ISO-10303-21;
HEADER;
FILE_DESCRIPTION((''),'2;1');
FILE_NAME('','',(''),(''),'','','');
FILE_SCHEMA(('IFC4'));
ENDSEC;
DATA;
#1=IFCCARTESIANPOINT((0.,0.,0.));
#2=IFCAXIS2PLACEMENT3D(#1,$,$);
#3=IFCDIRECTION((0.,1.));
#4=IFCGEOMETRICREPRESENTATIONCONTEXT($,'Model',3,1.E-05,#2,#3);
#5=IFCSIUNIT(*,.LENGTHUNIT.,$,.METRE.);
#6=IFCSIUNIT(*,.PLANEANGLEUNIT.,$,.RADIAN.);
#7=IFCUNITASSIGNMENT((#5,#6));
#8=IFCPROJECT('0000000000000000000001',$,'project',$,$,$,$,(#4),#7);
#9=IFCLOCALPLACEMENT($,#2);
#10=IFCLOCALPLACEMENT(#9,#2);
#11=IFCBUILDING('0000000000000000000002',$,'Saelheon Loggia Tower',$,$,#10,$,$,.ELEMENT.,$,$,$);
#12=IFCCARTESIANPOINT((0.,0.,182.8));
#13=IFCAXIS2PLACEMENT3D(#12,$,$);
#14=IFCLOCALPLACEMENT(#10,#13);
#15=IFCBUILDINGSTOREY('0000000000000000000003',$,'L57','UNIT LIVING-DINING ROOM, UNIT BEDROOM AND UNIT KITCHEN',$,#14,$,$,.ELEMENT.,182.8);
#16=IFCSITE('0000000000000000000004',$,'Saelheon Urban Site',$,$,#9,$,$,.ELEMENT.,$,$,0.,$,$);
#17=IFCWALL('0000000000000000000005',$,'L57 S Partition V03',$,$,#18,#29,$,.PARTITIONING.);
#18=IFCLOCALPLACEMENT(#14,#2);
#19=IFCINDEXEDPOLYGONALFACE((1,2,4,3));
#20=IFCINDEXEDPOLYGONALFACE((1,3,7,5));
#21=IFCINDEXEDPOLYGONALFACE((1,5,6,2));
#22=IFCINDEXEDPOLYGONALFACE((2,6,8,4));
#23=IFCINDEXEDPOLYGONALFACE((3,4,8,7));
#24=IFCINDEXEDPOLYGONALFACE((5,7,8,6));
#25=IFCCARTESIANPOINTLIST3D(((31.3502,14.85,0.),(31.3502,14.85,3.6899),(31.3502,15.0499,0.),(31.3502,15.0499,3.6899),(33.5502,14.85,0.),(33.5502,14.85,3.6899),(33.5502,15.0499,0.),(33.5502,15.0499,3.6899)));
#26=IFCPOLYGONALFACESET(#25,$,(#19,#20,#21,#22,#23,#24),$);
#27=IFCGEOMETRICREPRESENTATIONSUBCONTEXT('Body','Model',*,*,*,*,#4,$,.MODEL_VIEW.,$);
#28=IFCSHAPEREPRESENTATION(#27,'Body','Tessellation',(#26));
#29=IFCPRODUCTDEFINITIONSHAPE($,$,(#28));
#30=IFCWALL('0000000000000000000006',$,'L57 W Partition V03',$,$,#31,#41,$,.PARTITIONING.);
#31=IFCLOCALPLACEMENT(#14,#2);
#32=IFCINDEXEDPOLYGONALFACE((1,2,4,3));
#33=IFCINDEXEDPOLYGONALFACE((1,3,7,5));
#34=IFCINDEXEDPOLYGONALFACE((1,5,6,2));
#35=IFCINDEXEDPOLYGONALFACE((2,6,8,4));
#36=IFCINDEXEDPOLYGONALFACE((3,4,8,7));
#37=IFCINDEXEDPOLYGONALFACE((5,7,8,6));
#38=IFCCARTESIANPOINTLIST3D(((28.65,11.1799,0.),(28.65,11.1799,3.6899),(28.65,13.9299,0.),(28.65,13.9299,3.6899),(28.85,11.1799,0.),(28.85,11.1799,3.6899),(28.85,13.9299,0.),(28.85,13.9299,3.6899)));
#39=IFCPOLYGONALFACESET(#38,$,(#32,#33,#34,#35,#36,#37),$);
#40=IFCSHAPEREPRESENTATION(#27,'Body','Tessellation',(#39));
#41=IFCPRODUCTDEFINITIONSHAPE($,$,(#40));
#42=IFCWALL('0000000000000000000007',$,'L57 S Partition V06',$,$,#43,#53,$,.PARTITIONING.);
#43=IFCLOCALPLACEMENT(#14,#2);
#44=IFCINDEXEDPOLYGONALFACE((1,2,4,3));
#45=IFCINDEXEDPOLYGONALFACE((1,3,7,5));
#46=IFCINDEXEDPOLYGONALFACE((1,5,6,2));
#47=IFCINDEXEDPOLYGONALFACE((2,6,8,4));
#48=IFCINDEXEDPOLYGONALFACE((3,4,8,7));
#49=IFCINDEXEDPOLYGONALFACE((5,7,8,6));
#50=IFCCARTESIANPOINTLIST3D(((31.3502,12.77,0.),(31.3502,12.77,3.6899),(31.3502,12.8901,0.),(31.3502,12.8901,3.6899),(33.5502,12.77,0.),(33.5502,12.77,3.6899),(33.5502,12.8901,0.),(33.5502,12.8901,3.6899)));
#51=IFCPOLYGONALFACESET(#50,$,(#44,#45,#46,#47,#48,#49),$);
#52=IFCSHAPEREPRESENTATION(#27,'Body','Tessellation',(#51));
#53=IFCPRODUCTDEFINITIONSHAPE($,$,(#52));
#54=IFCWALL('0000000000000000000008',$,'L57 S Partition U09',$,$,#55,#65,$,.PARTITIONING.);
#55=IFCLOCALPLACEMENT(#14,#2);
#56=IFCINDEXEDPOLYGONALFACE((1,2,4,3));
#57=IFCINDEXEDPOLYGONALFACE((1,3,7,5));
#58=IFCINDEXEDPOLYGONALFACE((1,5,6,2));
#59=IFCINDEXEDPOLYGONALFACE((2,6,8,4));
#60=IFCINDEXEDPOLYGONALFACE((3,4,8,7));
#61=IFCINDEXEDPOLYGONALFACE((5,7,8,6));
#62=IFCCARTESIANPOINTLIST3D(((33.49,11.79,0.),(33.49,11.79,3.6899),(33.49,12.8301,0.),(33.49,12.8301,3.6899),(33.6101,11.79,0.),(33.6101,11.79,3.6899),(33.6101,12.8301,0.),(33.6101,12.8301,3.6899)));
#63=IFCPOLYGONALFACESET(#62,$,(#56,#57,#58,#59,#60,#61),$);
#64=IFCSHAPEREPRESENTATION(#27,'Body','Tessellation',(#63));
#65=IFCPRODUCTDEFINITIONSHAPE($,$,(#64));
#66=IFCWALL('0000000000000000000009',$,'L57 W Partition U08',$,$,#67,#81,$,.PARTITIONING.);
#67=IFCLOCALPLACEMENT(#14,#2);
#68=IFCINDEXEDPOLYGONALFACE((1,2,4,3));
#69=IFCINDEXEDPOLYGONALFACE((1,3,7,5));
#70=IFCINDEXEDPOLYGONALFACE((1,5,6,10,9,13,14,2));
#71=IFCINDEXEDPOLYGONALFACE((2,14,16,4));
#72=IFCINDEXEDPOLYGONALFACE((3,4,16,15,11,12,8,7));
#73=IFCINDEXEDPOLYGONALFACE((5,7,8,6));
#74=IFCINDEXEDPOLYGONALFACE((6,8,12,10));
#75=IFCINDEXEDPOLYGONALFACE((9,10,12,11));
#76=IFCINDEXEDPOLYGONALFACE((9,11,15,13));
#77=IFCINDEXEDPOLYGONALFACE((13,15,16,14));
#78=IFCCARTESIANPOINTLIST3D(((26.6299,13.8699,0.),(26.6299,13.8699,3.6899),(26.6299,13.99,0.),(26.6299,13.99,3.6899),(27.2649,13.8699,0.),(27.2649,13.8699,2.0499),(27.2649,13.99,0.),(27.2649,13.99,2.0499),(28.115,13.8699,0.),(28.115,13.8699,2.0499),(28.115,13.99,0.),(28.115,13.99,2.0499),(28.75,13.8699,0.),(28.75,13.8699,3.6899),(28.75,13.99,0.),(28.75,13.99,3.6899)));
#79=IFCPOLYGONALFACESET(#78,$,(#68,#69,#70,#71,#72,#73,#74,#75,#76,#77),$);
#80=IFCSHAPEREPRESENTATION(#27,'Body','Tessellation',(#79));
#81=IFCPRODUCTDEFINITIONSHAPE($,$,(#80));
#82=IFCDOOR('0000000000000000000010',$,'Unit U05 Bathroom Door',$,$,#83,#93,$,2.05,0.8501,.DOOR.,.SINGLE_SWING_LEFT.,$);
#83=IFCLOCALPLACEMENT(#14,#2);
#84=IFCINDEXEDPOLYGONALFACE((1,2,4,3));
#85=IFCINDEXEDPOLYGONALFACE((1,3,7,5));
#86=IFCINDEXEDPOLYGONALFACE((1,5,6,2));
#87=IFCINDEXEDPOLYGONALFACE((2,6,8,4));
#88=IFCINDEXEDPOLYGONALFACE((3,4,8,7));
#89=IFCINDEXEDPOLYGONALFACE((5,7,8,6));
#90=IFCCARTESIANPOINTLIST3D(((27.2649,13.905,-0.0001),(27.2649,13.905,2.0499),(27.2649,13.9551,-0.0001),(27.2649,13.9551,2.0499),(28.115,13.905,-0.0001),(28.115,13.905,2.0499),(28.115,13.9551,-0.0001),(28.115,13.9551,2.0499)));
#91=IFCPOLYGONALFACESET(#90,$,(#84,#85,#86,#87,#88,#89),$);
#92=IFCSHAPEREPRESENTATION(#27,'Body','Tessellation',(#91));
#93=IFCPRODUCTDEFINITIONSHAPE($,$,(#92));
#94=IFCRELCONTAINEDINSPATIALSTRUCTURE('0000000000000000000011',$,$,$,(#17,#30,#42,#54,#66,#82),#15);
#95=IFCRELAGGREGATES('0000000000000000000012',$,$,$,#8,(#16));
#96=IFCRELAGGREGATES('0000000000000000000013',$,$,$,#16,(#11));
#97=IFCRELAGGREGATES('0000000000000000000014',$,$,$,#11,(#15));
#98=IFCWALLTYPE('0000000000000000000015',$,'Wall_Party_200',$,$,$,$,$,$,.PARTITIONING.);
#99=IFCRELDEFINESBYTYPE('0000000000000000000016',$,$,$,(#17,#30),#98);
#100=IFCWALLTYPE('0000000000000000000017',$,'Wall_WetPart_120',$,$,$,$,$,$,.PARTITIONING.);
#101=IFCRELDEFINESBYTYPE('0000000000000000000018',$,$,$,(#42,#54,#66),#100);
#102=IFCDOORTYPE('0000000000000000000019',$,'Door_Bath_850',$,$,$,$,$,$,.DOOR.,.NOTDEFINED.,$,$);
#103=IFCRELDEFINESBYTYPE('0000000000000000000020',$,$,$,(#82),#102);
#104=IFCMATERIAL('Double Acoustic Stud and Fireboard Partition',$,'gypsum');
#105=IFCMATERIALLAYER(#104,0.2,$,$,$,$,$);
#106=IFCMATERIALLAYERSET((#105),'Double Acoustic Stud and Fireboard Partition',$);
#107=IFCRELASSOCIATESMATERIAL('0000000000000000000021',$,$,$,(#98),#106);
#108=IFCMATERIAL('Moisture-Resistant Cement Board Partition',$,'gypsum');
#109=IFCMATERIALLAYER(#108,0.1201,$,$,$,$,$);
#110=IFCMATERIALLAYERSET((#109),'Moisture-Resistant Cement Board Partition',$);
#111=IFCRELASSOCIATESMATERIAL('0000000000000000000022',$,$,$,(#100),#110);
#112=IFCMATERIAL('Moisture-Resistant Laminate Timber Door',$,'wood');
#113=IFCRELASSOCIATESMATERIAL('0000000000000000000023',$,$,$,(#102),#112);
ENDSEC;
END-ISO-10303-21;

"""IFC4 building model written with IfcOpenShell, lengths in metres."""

from ifc_helpers import new_model, si_unit, direction, frame, frame_2d, origin, place, context, subcontext, project, spatial, rectangle, extrude, source, transform, mapped, material, layer, layer_set, type_object, element, fill, save


model = new_model("IFC4")

# Units and contexts
model_context = context("Model", 3, precision=1e-05, world=origin(), true_north=direction((0.0, 1.0)))
body_context = subcontext(model_context, "Body", "Model", "MODEL_VIEW")
ifc_project = project(units=[si_unit("LENGTHUNIT", "METRE"), si_unit("PLANEANGLEUNIT", "RADIAN")], contexts=[model_context])

# Site, building, storey
site_placement = place(None, origin())
site = spatial("IfcSite", under=ifc_project, at=site_placement, Name="Saelheon Urban Site", CompositionType="ELEMENT", RefElevation=0.0)
building_placement = place(site_placement, origin())
building = spatial("IfcBuilding", under=site, at=building_placement, Name="Saelheon Loggia Tower", CompositionType="ELEMENT")
storey_placement = place(building_placement, frame((0.0, 0.0, 182.8)))
storey = spatial("IfcBuildingStorey", under=building, at=storey_placement, Name="L57", Description="UNIT LIVING-DINING ROOM, UNIT BEDROOM AND UNIT KITCHEN", CompositionType="ELEMENT", Elevation=182.8)

# Walls
ifc_material_1 = material(Name="Double Acoustic Stud and Fireboard Partition", Category="gypsum")
ifc_layer_1 = layer(ifc_material_1, 0.2)
ifc_layer_set_1 = layer_set([ifc_layer_1], Name="Double Acoustic Stud and Fireboard Partition")
wall_type_1 = type_object("IfcWallType", Name="Wall_Party_200", PredefinedType="PARTITIONING", material=ifc_layer_set_1)
wall_1_placement = place(storey_placement, frame((31.3501, 14.95, 0.0), z_axis=(0.0, 0.0, 1.0), x_axis=(1.0, 0.0, 0.0)))
element("IfcWall", 1, at=wall_1_placement, inside=storey, type_object=wall_type_1, Name="L57 S Partition V03", PredefinedType="PARTITIONING", context=body_context, shape_type="SweptSolid", body=[
    extrude(rectangle(XDim=2.2, YDim=0.2, at=frame_2d((1.1001, 0.0))), origin(), (0.0, 0.0, 1.0), 3.6899),
])
wall_2_placement = place(storey_placement, frame((28.75, 11.1799, 0.0), z_axis=(0.0, 0.0, 1.0), x_axis=(0.0, 1.0, 0.0)))
element("IfcWall", 2, at=wall_2_placement, inside=storey, type_object=wall_type_1, Name="L57 W Partition V03", PredefinedType="PARTITIONING", context=body_context, shape_type="SweptSolid", body=[
    extrude(rectangle(XDim=2.75, YDim=0.2, at=frame_2d((1.375, 0.0))), origin(), (0.0, 0.0, 1.0), 3.6899),
])

# Walls
ifc_material_2 = material(Name="Moisture-Resistant Cement Board Partition", Category="gypsum")
ifc_layer_2 = layer(ifc_material_2, 0.1201)
ifc_layer_set_2 = layer_set([ifc_layer_2], Name="Moisture-Resistant Cement Board Partition")
wall_type_2 = type_object("IfcWallType", Name="Wall_WetPart_120", PredefinedType="PARTITIONING", material=ifc_layer_set_2)
wall_3_placement = place(storey_placement, frame((31.3501, 12.8301, 0.0), z_axis=(0.0, 0.0, 1.0), x_axis=(1.0, 0.0, 0.0)))
element("IfcWall", 3, at=wall_3_placement, inside=storey, type_object=wall_type_2, Name="L57 S Partition V06", PredefinedType="PARTITIONING", context=body_context, shape_type="SweptSolid", body=[
    extrude(rectangle(XDim=2.2, YDim=0.1201, at=frame_2d((1.1001, 0.0))), origin(), (0.0, 0.0, 1.0), 3.6899),
])
wall_4_placement = place(storey_placement, frame((33.55, 12.8301, 0.0), z_axis=(0.0, 0.0, 1.0), x_axis=(0.0, -1.0, 0.0)))
element("IfcWall", 4, at=wall_4_placement, inside=storey, type_object=wall_type_2, Name="L57 S Partition U09", PredefinedType="PARTITIONING", context=body_context, shape_type="SweptSolid", body=[
    extrude(rectangle(XDim=1.04, YDim=0.1201, at=frame_2d((0.52, 0.0))), origin(), (0.0, 0.0, 1.0), 3.6899),
])

# Wall, opening, door
wall_5_placement = place(storey_placement, frame((28.75, 13.9299, 0.0), z_axis=(0.0, 0.0, 1.0), x_axis=(-1.0, 0.0, 0.0)))
wall_5 = element("IfcWall", 5, at=wall_5_placement, inside=storey, type_object=wall_type_2, Name="L57 W Partition U08", PredefinedType="PARTITIONING", context=body_context, shape_type="SweptSolid", body=[
    extrude(rectangle(XDim=2.1201, YDim=0.1201, at=frame_2d((1.0601, 0.0))), origin(), (0.0, 0.0, 1.0), 3.6899),
])
opening_1_placement = place(wall_5_placement, frame((0.635, 0.0, 0.0)))
opening_1 = element("IfcOpeningElement", 6, at=opening_1_placement, cuts=wall_5, PredefinedType="OPENING", context=body_context, shape_type="SweptSolid", body=[
    extrude(rectangle(XDim=0.8501, YDim=2.05, at=frame_2d((0.425, 1.0249))), frame((0.0, 0.072, 0.0), z_axis=(0.0, -1.0, 0.0), x_axis=(1.0, 0.0, 0.0)), (0.0, 0.0, 1.0), 0.144),
])
ifc_material_3 = material(Name="Moisture-Resistant Laminate Timber Door", Category="wood")
door_type_1 = type_object("IfcDoorType", Name="Door_Bath_850", OperationType="NOTDEFINED", PredefinedType="DOOR", material=ifc_material_3)
shared_shape_1 = source(origin(), body_context, "Body", "SweptSolid", [
    extrude(rectangle(XDim=0.8501, YDim=2.05, at=frame_2d((0.425, 1.0249))), frame((0.0, 0.0249, 0.0), z_axis=(0.0, -1.0, 0.0), x_axis=(1.0, 0.0, 0.0)), (0.0, 0.0, 1.0), 0.05),
])
door_1_placement = place(opening_1_placement, origin())
door_1 = element("IfcDoor", 7, at=door_1_placement, inside=storey, type_object=door_type_1, Name="Unit U05 Bathroom Door", OperationType="SINGLE_SWING_LEFT", OverallHeight=2.05, OverallWidth=0.8501, PredefinedType="DOOR", context=body_context, shape_type="MappedRepresentation", body=[
    mapped(shared_shape_1, transform((0.0, 0.0, 0.0), scale=1.0)),
])
fill(opening_1, door_1)

save(model, "model.ifc")
